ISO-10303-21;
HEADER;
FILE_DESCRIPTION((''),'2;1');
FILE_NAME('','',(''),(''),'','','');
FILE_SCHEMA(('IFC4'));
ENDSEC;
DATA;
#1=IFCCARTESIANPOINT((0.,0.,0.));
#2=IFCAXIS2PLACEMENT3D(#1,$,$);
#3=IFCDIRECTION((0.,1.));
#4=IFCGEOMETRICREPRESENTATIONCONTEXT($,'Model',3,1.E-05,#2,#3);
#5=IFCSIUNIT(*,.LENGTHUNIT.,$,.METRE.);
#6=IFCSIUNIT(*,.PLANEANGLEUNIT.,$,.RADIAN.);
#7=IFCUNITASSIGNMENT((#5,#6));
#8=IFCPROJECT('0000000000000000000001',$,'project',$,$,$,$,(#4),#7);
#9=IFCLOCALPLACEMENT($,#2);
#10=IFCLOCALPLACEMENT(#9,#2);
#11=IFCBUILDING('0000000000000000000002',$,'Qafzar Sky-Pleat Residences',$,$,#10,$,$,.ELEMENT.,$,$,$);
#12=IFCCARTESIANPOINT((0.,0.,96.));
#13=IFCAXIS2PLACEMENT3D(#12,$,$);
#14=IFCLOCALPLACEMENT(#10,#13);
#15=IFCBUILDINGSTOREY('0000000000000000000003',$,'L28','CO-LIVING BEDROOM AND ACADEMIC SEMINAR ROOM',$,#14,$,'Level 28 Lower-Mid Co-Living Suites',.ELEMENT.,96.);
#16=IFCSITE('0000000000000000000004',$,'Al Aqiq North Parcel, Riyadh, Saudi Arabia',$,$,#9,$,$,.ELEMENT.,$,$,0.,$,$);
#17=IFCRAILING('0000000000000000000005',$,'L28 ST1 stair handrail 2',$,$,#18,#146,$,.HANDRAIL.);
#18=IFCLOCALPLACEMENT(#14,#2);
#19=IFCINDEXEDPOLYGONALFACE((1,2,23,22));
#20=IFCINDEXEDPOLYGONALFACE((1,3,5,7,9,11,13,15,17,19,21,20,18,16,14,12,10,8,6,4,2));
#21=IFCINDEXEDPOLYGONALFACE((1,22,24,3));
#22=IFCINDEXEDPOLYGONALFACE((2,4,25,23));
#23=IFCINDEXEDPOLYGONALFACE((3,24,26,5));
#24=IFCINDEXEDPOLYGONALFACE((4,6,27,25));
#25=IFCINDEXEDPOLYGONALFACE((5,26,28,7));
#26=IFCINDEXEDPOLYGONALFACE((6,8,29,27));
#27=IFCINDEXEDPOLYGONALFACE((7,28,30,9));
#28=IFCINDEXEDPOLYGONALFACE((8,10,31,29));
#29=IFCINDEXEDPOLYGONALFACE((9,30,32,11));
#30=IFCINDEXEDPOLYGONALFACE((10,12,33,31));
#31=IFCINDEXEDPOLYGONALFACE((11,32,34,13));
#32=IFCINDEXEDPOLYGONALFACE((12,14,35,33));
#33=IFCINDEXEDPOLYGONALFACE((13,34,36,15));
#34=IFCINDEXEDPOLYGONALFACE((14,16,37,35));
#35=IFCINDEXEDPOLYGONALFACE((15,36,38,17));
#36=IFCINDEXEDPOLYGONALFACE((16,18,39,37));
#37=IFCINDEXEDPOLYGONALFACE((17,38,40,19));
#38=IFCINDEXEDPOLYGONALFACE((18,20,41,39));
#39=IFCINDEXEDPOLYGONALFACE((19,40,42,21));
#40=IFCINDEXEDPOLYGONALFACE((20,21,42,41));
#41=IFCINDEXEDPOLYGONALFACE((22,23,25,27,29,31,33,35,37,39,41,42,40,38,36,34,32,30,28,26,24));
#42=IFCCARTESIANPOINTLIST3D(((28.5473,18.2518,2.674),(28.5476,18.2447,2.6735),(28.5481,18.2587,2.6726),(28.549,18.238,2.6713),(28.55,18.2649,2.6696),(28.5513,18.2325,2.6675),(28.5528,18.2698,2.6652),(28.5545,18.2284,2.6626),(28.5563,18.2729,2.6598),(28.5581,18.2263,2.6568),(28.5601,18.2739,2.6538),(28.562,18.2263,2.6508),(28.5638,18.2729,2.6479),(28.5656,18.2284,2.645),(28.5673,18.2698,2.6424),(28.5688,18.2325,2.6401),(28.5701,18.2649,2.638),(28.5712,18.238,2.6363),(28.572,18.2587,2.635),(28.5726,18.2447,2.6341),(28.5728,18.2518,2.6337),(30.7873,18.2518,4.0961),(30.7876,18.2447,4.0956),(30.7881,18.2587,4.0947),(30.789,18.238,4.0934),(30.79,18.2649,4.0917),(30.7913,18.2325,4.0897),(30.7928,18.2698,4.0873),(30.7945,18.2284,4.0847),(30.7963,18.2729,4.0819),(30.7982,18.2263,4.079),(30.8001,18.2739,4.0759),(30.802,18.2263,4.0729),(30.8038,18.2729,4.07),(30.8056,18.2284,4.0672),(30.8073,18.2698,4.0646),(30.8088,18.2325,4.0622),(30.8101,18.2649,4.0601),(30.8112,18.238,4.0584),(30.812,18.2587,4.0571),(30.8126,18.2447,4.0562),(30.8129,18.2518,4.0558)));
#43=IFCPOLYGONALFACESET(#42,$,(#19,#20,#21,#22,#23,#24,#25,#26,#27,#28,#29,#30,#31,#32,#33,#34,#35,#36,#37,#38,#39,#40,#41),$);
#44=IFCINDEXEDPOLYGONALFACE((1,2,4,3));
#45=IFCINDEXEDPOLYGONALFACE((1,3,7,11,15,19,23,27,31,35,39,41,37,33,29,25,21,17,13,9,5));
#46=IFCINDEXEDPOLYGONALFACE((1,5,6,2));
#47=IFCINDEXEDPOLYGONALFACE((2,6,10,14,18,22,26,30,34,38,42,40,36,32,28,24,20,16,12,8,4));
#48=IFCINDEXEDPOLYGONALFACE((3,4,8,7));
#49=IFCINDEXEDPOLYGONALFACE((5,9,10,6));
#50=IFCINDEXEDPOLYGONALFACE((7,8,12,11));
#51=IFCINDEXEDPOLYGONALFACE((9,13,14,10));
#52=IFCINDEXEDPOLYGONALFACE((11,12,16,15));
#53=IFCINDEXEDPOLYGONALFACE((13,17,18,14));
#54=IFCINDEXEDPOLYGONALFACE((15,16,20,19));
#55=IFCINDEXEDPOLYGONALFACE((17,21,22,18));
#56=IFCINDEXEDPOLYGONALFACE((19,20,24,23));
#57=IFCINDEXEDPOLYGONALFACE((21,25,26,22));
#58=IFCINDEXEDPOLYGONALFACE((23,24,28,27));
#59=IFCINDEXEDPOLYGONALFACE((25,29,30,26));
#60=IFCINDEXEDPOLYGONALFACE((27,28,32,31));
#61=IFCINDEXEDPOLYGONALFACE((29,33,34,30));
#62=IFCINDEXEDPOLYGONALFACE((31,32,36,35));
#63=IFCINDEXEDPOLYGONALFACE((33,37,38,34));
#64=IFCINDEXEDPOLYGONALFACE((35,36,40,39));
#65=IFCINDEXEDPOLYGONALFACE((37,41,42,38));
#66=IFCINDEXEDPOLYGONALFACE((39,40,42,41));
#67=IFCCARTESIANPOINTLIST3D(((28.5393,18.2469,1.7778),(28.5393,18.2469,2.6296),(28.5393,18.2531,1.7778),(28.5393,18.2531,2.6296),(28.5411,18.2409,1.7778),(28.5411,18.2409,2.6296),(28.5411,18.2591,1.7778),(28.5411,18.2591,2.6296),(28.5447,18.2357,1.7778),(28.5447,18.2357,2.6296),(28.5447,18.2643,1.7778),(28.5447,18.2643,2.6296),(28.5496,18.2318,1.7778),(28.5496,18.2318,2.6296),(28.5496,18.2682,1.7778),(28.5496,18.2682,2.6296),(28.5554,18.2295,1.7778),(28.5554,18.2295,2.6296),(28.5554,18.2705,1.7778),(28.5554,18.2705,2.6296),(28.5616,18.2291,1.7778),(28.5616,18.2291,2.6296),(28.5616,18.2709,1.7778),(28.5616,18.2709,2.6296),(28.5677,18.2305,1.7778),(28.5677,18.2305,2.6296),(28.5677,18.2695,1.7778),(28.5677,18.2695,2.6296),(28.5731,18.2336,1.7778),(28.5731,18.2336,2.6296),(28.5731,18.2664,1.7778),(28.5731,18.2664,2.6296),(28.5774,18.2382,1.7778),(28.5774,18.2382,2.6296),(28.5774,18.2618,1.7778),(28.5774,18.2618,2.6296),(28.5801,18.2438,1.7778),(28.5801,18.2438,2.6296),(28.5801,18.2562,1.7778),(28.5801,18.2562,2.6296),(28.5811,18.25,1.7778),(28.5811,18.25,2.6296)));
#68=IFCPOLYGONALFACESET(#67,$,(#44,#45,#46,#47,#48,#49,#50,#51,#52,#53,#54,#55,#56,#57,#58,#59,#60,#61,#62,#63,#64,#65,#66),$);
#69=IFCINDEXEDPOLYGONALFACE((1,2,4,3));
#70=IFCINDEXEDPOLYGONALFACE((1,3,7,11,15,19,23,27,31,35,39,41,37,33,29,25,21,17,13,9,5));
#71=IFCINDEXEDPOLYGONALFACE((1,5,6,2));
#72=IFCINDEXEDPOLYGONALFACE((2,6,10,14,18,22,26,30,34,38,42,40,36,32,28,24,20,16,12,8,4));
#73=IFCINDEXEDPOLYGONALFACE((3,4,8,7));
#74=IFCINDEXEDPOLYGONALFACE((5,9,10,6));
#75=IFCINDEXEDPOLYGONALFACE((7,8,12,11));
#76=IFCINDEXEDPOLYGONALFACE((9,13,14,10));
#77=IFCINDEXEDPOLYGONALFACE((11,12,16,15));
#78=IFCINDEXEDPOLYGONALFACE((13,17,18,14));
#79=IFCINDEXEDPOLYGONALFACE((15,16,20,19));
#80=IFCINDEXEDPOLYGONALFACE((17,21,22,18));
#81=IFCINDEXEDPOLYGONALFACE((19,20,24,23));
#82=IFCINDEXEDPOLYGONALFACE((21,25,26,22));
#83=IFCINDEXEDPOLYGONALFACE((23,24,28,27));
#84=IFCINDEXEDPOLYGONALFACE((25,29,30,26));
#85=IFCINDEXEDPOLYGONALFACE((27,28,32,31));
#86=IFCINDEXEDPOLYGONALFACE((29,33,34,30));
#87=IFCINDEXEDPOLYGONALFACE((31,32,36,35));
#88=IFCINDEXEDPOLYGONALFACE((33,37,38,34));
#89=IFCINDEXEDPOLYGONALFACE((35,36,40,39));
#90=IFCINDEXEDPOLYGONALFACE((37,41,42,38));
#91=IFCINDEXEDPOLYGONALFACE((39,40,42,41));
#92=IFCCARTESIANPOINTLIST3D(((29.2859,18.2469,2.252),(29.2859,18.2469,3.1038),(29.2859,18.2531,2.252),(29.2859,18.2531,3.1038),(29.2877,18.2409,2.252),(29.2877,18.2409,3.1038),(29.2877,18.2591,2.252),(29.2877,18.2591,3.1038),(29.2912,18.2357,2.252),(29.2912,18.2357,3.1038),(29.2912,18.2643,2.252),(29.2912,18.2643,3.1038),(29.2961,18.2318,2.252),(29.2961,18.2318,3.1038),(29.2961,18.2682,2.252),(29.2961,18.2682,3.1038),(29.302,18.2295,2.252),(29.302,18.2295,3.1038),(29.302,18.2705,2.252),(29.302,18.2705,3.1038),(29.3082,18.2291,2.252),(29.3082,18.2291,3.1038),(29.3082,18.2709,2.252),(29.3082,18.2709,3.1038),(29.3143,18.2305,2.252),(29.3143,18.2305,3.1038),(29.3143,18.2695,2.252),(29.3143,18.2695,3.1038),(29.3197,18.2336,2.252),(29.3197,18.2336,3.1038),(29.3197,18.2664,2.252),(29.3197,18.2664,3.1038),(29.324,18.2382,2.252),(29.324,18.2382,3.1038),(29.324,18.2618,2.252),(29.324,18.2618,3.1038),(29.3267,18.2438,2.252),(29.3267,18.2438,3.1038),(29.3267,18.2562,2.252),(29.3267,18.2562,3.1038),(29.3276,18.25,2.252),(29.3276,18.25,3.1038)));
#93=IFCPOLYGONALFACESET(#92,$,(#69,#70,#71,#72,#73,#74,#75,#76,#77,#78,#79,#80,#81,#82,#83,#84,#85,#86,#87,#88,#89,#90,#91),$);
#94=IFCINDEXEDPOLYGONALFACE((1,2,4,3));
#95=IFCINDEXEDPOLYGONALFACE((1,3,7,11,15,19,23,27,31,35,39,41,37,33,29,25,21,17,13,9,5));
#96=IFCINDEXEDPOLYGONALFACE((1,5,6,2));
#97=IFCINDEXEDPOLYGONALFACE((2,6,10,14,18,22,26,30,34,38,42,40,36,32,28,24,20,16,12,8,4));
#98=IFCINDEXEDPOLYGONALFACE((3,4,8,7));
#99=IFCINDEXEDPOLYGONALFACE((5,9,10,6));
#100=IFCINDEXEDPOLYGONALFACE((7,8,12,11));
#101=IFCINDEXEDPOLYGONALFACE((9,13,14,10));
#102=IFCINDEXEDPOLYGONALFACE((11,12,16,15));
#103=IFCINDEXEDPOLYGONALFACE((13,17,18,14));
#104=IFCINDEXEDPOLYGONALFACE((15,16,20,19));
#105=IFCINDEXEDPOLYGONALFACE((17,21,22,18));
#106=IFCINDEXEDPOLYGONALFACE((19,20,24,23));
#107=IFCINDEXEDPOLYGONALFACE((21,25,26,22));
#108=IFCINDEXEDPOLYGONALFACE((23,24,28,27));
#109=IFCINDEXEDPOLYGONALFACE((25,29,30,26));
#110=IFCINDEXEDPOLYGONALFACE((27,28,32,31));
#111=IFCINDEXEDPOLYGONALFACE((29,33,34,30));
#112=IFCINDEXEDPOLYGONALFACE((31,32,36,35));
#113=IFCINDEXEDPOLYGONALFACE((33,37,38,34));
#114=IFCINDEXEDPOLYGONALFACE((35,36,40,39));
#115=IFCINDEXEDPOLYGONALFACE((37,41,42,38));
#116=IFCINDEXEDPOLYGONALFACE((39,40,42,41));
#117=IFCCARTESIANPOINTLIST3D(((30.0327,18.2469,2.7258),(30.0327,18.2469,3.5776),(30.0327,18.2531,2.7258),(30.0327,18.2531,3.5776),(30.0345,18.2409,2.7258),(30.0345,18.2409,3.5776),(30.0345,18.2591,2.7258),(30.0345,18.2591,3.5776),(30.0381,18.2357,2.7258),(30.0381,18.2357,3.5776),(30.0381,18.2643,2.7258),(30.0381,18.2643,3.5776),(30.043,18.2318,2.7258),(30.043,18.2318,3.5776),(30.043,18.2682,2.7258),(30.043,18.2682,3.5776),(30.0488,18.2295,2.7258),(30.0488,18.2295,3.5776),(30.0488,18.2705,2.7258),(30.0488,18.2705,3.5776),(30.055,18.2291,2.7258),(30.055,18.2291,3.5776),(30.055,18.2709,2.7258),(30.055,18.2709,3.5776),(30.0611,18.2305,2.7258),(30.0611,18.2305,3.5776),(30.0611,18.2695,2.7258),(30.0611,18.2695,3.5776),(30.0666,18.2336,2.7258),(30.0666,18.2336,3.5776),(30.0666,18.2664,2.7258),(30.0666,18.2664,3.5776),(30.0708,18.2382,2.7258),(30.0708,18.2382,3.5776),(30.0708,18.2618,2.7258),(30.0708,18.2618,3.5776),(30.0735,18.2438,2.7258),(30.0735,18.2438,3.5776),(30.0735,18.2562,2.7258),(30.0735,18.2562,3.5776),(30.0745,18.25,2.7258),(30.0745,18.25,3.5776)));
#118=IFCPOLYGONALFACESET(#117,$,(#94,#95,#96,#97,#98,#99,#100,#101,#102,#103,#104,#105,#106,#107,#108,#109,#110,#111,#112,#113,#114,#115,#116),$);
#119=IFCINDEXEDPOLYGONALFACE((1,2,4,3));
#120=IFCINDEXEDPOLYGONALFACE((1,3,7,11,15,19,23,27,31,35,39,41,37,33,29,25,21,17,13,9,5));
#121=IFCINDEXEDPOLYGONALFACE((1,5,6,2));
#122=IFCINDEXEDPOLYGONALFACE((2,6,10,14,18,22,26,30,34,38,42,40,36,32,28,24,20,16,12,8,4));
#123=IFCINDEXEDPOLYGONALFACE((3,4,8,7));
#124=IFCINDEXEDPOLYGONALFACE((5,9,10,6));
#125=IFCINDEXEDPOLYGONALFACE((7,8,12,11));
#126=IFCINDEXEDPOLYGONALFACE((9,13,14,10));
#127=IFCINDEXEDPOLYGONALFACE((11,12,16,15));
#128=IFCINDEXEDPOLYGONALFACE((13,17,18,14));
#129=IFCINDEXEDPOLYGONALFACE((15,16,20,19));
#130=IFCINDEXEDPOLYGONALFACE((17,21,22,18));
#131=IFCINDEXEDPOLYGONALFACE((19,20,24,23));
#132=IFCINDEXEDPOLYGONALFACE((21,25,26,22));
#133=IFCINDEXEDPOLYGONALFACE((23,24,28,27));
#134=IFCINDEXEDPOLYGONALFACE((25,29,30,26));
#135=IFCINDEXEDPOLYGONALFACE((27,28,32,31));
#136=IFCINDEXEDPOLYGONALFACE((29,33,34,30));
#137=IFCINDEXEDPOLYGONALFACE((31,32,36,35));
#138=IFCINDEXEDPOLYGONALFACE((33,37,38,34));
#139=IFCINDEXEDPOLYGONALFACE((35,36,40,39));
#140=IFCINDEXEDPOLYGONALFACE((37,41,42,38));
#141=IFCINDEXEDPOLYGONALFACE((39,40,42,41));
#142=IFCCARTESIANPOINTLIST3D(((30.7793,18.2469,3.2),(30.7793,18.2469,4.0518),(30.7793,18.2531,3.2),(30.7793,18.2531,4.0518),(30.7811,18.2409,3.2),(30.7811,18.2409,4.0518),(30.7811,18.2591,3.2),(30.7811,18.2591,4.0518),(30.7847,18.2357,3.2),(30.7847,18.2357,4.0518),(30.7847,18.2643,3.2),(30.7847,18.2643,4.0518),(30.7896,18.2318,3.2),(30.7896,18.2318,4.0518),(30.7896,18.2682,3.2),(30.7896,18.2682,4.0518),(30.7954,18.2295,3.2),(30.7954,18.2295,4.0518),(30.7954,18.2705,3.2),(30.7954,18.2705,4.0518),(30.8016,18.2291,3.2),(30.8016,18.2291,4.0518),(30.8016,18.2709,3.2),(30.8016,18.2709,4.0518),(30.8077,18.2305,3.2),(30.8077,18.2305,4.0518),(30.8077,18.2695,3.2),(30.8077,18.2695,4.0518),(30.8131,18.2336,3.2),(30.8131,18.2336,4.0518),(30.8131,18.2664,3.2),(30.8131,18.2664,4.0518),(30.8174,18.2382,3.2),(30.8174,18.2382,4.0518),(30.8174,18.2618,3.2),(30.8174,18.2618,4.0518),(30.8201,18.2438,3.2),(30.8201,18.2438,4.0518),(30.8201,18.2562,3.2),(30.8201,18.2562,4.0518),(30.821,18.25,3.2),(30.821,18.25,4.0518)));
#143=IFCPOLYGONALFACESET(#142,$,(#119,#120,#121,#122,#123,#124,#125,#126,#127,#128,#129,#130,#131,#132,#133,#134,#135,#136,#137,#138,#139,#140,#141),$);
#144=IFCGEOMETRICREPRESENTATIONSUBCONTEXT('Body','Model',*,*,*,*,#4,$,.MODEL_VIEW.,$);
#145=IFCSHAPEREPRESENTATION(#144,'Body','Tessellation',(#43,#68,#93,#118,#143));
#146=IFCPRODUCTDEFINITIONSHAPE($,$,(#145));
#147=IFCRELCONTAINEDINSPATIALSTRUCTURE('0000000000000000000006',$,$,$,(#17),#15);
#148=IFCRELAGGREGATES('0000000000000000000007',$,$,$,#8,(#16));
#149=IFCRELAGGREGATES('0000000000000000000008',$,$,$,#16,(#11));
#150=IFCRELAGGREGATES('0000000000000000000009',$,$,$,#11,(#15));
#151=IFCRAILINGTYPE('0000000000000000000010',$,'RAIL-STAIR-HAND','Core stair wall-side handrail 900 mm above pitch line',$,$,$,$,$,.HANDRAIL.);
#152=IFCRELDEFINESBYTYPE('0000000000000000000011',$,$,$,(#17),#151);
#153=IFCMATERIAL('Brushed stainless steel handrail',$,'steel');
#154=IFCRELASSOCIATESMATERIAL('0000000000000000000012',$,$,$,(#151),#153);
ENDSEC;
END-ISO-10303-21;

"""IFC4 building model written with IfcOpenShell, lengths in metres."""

from ifc_helpers import new_model, si_unit, direction, frame, origin, origin_2d, place, context, subcontext, project, spatial, circle, extrude, source, transform, mapped, material, type_object, element, save


model = new_model("IFC4")

# Units and contexts
model_context = context("Model", 3, precision=1e-05, world=origin(), true_north=direction((0.0, 1.0)))
body_context = subcontext(model_context, "Body", "Model", "MODEL_VIEW")
ifc_project = project(units=[si_unit("LENGTHUNIT", "METRE"), si_unit("PLANEANGLEUNIT", "RADIAN")], contexts=[model_context])

# Site, building, storey
site_placement = place(None, origin())
site = spatial("IfcSite", under=ifc_project, at=site_placement, Name="Al Aqiq North Parcel, Riyadh, Saudi Arabia", CompositionType="ELEMENT", RefElevation=0.0)
building_placement = place(site_placement, origin())
building = spatial("IfcBuilding", under=site, at=building_placement, Name="Qafzar Sky-Pleat Residences", CompositionType="ELEMENT")
storey_placement = place(building_placement, frame((0.0, 0.0, 96.0)))
storey = spatial("IfcBuildingStorey", under=building, at=storey_placement, Name="L28", Description="CO-LIVING BEDROOM AND ACADEMIC SEMINAR ROOM", LongName="Level 28 Lower-Mid Co-Living Suites", CompositionType="ELEMENT", Elevation=96.0)

# Railing
ifc_material_1 = material(Name="Brushed stainless steel handrail", Category="steel")
railing_type_1 = type_object("IfcRailingType", Name="RAIL-STAIR-HAND", Description="Core stair wall-side handrail 900 mm above pitch line", PredefinedType="HANDRAIL", material=ifc_material_1)
shared_shape_1 = source(origin(), body_context, "Body", "SweptSolid", [
    extrude(circle(Radius=0.0239, at=origin_2d()), frame((0.0, 0.0, 0.876), z_axis=(0.844229, 0.0, 0.535982), x_axis=(0.0, 1.0, 0.0)), (0.0, 0.0, 1.0), 2.6533),
    extrude(circle(Radius=0.021, at=origin_2d()), origin(), (0.0, 0.0, 1.0), 0.8518),
    extrude(circle(Radius=0.021, at=origin_2d()), frame((0.7466, 0.0, 0.4741)), (0.0, 0.0, 1.0), 0.8518),
    extrude(circle(Radius=0.021, at=origin_2d()), frame((1.4934, 0.0, 0.948)), (0.0, 0.0, 1.0), 0.8518),
    extrude(circle(Radius=0.021, at=origin_2d()), frame((2.24, 0.0, 1.4221)), (0.0, 0.0, 1.0), 0.8518),
])
railing_1_placement = place(storey_placement, frame((28.5601, 18.25, 1.7778)))
element("IfcRailing", 1, at=railing_1_placement, inside=storey, type_object=railing_type_1, Name="L28 ST1 stair handrail 2", PredefinedType="HANDRAIL", context=body_context, shape_type="MappedRepresentation", body=[
    mapped(shared_shape_1, transform((0.0, 0.0, 0.0), x_axis=(1.0, 0.0, 0.0), y_axis=(0.0, 1.0, 0.0), z_axis=(0.0, 0.0, 1.0), scale=1.0)),
])

save(model, "model.ifc")
